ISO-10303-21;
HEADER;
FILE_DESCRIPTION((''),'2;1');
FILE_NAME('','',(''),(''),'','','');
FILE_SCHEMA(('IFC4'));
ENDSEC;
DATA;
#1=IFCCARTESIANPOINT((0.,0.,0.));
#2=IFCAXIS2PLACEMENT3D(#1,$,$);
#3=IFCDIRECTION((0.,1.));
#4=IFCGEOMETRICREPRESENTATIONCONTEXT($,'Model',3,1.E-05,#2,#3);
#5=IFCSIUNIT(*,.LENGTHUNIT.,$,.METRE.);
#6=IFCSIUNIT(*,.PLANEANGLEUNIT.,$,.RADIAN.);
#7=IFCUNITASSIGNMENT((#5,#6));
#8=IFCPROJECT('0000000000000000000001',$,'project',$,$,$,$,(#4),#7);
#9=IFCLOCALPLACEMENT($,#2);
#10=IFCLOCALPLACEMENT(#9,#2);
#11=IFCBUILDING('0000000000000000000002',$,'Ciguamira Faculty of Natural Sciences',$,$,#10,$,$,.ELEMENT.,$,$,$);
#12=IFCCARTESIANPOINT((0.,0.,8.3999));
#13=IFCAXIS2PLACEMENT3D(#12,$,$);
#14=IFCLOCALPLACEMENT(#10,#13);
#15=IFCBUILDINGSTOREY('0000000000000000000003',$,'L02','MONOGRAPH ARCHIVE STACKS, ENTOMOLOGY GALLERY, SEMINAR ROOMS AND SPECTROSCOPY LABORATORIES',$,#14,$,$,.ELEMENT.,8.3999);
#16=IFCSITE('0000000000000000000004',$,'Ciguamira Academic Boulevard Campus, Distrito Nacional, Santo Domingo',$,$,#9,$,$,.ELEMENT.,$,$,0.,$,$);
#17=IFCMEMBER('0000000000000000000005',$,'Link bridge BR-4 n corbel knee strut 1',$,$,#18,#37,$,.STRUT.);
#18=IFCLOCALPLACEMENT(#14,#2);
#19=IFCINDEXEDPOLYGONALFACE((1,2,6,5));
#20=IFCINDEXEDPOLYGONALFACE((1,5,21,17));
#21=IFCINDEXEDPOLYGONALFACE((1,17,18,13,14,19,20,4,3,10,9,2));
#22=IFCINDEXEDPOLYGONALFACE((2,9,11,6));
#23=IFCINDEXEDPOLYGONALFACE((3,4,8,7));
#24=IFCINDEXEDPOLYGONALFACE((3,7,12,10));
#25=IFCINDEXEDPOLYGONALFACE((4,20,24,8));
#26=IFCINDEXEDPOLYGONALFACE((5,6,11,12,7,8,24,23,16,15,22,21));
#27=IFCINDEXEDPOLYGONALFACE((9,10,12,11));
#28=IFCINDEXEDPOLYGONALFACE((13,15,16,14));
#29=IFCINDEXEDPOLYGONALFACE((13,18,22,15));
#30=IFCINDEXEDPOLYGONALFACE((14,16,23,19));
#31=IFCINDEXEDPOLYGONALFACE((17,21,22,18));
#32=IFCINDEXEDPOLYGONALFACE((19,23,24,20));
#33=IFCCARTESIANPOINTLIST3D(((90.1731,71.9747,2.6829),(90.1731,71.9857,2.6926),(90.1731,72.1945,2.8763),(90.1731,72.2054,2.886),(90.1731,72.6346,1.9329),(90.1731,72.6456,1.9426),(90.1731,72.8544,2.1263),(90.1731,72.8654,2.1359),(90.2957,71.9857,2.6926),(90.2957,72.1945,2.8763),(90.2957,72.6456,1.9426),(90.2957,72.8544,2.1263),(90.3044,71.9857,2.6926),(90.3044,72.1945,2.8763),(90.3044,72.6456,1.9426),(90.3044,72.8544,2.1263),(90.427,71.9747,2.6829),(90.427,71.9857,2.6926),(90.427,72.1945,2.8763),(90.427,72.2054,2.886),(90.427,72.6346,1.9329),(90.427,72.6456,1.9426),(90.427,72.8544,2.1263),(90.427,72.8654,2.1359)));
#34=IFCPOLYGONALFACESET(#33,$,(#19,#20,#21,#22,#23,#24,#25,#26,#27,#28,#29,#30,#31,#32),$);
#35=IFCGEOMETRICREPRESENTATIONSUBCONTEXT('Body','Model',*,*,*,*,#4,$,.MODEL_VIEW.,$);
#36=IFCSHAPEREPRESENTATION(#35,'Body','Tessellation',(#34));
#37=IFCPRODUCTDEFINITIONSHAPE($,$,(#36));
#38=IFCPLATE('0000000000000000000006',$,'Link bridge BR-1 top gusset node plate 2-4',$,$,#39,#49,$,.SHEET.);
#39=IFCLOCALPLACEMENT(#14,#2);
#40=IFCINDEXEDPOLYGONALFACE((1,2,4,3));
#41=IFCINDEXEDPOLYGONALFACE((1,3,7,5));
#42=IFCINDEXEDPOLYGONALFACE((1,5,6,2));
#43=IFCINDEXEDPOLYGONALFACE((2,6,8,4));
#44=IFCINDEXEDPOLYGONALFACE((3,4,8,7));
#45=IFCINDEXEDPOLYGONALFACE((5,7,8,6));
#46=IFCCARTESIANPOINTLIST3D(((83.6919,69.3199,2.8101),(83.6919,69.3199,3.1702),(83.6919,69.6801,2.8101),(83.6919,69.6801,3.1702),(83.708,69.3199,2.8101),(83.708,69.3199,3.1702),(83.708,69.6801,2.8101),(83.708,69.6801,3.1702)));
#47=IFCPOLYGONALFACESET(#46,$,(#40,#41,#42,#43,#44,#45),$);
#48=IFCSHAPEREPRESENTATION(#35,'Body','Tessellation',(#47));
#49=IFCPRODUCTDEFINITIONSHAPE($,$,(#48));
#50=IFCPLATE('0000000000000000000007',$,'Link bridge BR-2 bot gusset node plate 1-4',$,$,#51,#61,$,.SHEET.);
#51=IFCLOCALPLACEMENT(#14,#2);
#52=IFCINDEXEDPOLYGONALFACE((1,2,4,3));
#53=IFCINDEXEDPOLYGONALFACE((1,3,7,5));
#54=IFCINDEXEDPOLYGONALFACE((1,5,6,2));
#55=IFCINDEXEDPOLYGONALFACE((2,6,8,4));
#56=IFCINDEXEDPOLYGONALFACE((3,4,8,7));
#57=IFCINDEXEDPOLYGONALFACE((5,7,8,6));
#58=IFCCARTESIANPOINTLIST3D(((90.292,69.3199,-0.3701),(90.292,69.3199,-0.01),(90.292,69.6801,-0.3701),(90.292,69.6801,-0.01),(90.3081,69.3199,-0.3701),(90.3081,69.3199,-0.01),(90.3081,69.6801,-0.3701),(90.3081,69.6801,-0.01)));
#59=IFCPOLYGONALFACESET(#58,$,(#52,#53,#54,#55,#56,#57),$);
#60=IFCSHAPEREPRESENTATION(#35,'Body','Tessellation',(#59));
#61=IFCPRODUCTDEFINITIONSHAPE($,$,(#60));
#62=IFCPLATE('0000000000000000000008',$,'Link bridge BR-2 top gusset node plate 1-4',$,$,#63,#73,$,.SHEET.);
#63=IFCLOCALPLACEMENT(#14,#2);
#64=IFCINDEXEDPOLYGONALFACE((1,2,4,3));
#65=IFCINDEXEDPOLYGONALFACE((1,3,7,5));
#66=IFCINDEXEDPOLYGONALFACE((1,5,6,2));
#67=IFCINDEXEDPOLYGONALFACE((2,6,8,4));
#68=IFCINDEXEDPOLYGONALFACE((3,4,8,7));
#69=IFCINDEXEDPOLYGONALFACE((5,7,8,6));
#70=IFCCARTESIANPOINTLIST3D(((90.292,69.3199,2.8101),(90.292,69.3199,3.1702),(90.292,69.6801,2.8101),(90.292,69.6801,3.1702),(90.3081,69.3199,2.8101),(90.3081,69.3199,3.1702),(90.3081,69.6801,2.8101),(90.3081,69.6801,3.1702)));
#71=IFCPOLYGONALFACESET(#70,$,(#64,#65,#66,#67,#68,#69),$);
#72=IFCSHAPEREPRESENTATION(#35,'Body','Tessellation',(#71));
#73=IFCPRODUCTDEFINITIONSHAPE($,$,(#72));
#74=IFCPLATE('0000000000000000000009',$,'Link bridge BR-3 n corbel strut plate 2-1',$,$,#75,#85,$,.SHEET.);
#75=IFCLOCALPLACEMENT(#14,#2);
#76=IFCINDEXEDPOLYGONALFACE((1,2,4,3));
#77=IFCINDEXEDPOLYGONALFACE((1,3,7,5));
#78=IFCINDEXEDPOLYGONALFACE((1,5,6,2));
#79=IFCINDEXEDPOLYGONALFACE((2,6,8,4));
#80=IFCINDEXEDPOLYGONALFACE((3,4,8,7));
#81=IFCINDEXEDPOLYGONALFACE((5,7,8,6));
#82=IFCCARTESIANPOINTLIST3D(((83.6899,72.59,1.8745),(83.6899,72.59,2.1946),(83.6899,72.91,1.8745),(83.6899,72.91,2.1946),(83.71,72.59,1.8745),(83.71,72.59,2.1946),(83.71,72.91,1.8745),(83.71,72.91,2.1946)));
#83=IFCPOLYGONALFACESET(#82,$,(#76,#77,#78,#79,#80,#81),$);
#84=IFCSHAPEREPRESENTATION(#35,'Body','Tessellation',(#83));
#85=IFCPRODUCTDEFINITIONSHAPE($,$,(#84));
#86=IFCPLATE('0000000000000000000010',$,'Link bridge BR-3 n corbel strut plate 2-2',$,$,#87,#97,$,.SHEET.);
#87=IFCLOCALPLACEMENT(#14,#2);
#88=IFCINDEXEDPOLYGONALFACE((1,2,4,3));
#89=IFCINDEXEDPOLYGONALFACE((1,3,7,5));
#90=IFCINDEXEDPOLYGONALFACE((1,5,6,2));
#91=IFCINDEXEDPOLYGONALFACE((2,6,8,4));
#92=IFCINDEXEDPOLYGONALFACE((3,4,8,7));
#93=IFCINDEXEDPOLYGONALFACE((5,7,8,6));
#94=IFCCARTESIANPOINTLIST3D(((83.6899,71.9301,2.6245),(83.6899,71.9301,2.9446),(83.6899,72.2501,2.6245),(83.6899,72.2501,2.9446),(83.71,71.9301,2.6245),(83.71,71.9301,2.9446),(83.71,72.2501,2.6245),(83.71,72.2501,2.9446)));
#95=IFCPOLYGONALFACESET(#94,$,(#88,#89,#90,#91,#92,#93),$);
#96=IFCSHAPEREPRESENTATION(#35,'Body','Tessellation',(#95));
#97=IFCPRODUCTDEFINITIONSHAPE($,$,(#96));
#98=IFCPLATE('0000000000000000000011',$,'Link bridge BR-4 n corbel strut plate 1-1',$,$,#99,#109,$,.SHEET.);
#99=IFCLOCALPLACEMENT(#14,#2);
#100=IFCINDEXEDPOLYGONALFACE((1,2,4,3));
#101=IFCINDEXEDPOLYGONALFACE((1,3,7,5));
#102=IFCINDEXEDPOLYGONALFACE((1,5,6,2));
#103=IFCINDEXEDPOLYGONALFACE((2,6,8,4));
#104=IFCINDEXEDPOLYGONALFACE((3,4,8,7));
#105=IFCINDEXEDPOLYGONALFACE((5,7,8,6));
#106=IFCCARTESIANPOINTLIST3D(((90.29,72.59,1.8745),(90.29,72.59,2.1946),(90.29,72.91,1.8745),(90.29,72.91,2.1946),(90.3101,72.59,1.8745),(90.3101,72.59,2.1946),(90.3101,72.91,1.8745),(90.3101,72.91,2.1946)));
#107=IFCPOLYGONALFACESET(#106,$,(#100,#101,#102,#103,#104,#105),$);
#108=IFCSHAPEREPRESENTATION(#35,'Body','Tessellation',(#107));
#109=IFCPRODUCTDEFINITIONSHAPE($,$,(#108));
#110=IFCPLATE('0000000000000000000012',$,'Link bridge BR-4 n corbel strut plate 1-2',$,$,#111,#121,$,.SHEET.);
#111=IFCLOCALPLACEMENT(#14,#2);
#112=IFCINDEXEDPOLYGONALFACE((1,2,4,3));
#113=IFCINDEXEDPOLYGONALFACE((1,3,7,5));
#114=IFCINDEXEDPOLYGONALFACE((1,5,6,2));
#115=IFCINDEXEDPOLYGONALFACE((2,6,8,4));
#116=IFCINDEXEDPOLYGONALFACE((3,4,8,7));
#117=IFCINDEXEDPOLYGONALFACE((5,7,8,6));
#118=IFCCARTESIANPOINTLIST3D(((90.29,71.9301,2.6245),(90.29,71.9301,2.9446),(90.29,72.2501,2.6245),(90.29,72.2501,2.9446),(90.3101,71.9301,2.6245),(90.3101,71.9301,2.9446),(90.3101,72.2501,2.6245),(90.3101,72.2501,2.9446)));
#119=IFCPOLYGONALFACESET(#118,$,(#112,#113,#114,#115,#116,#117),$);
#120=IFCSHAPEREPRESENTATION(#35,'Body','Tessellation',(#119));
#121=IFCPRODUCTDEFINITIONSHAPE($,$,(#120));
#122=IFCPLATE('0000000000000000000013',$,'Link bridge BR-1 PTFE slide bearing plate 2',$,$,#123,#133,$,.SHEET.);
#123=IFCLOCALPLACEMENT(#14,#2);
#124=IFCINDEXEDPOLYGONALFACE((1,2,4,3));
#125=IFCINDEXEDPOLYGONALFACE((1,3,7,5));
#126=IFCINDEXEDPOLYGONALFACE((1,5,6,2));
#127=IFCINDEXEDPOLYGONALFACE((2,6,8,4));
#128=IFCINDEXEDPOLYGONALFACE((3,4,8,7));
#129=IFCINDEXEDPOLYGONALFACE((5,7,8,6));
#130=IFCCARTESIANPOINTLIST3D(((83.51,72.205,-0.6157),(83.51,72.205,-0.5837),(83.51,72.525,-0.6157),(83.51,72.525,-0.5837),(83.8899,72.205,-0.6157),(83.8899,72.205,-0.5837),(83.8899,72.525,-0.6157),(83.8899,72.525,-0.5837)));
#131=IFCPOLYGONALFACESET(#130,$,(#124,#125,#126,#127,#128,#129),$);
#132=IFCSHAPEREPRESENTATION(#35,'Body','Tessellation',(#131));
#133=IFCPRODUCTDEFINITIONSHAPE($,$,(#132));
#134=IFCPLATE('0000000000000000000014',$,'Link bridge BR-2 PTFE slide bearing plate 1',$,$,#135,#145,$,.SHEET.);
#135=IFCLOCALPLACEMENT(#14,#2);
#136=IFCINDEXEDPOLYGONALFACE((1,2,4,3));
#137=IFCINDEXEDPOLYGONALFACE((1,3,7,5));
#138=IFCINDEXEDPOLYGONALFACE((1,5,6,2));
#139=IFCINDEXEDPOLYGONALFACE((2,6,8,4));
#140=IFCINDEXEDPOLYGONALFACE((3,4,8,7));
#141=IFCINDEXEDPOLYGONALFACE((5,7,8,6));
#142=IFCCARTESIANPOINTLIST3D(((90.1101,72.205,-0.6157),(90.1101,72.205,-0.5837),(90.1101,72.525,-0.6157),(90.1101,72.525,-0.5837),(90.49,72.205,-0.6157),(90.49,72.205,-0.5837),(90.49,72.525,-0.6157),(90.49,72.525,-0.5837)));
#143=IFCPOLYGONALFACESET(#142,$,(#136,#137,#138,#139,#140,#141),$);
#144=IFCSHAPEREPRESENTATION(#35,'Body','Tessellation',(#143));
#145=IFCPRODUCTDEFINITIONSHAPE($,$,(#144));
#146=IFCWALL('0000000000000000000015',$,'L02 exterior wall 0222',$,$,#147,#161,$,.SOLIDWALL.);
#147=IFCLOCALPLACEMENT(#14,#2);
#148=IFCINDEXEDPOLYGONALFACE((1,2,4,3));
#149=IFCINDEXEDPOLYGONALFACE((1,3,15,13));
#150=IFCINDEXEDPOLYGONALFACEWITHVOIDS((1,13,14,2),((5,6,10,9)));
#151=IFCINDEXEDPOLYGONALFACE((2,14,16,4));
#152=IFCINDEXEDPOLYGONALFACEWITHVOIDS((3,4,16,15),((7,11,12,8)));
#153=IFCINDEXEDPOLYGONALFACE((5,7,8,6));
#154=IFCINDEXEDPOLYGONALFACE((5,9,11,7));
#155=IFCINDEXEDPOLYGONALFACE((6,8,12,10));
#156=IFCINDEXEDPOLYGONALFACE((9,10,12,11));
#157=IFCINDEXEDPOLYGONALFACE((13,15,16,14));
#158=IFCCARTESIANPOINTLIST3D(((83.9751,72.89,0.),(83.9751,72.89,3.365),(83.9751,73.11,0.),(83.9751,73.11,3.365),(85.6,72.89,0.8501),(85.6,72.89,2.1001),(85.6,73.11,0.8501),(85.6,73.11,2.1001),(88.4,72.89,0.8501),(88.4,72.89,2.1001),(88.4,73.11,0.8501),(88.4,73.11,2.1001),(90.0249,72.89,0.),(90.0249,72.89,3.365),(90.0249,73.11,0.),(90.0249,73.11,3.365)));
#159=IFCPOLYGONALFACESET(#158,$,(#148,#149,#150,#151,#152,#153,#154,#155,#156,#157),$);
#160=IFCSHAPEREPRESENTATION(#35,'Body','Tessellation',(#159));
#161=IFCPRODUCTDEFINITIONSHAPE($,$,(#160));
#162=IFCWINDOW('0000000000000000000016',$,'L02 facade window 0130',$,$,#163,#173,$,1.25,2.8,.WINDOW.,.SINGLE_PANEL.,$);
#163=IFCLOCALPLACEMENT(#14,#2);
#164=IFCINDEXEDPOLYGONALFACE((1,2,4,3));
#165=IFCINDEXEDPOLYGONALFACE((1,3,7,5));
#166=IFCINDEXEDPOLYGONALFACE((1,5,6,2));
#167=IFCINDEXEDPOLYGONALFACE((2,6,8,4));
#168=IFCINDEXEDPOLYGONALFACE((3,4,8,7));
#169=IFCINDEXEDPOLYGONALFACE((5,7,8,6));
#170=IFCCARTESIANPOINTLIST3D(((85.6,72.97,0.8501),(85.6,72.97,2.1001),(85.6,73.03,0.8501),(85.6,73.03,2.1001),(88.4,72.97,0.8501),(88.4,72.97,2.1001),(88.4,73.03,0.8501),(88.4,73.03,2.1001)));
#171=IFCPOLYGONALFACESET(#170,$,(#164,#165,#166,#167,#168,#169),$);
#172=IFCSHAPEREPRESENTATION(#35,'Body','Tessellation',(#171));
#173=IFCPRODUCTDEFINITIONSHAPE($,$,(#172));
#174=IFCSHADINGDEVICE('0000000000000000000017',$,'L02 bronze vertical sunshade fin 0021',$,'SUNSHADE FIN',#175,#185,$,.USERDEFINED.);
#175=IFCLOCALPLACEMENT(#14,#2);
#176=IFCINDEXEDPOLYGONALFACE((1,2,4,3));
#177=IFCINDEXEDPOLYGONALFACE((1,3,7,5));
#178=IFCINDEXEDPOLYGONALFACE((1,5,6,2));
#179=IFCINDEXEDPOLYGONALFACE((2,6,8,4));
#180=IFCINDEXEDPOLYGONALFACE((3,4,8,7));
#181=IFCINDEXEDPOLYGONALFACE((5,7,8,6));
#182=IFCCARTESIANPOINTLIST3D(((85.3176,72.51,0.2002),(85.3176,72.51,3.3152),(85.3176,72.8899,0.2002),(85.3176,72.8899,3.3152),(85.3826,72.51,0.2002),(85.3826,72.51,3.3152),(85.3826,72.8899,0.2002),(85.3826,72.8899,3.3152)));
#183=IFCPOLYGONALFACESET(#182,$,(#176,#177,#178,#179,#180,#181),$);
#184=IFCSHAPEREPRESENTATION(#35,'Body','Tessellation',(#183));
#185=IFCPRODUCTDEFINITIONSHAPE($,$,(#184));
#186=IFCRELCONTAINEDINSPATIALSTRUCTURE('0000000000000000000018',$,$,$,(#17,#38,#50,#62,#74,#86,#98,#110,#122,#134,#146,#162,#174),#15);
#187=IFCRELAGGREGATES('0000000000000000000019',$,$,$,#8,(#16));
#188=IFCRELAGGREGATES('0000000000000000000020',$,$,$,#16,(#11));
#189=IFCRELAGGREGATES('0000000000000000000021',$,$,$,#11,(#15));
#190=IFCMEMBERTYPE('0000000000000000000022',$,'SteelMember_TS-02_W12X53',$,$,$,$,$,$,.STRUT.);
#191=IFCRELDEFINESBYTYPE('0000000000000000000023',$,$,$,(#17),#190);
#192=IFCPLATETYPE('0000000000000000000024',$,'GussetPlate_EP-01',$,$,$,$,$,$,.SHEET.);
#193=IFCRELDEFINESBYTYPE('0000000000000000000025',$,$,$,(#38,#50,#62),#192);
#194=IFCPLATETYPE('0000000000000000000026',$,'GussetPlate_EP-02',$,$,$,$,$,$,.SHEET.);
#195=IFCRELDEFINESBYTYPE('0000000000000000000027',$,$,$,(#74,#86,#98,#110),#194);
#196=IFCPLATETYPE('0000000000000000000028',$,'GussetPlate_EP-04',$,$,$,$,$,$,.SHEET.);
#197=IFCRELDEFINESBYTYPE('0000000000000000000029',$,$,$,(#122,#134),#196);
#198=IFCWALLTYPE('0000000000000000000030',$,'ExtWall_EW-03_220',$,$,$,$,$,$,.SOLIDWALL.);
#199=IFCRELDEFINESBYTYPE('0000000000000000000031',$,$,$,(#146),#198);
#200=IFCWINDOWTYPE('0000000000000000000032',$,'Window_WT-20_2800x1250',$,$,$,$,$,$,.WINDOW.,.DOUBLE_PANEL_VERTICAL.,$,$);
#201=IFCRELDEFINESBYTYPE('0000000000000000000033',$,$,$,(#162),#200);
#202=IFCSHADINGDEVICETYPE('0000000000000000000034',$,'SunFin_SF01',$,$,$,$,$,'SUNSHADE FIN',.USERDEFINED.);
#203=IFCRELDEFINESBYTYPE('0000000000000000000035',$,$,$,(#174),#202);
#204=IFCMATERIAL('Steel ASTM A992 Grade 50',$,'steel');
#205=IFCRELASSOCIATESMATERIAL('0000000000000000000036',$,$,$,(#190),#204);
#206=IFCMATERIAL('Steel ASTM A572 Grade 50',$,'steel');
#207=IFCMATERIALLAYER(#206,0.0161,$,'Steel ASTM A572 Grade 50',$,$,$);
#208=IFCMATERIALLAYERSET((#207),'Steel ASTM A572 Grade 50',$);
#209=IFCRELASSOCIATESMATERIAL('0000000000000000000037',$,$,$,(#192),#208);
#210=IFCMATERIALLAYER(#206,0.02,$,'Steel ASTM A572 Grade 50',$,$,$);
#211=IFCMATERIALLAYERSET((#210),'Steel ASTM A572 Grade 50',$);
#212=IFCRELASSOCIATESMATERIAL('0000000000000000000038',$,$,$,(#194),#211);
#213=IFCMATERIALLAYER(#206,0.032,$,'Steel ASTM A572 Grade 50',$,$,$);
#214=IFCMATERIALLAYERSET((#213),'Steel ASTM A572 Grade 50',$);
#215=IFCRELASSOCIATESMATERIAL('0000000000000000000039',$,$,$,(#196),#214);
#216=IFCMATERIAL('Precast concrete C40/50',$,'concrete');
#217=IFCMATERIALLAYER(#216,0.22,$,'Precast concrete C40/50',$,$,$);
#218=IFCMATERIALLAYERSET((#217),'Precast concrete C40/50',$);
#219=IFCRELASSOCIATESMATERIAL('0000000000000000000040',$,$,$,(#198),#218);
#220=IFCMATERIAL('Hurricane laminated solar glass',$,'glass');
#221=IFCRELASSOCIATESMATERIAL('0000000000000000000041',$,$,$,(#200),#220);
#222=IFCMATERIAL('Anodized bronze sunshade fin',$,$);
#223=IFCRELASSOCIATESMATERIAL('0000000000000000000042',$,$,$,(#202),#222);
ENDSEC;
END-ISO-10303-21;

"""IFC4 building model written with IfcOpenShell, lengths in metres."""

from ifc_helpers import new_model, si_unit, direction, frame, frame_2d, origin, origin_2d, place, context, subcontext, project, spatial, rectangle, i_section, extrude, material, layer, layer_set, material_profile, profile_set, type_object, element, fill, save


model = new_model("IFC4")

# Units and contexts
model_context = context("Model", 3, precision=1e-05, world=origin(), true_north=direction((0.0, 1.0)))
body_context = subcontext(model_context, "Body", "Model", "MODEL_VIEW")
ifc_project = project(units=[si_unit("LENGTHUNIT", "METRE"), si_unit("PLANEANGLEUNIT", "RADIAN")], contexts=[model_context])

# Site, building, storey
site_placement = place(None, origin())
site = spatial("IfcSite", under=ifc_project, at=site_placement, Name="Ciguamira Academic Boulevard Campus, Distrito Nacional, Santo Domingo", CompositionType="ELEMENT", RefElevation=0.0)
building_placement = place(site_placement, origin())
building = spatial("IfcBuilding", under=site, at=building_placement, Name="Ciguamira Faculty of Natural Sciences", CompositionType="ELEMENT")
storey_placement = place(building_placement, frame((0.0, 0.0, 8.3999)))
storey = spatial("IfcBuildingStorey", under=building, at=storey_placement, Name="L02", Description="MONOGRAPH ARCHIVE STACKS, ENTOMOLOGY GALLERY, SEMINAR ROOMS AND SPECTROSCOPY LABORATORIES", CompositionType="ELEMENT", Elevation=8.3999)

# Shared definitions
ifc_material_1 = material(Name="Steel ASTM A992 Grade 50", Category="steel")

# Member
ifc_material_profile_1 = material_profile(ifc_material_1, i_section(OverallWidth=0.2539, OverallDepth=0.3074, WebThickness=0.0088, FlangeThickness=0.0146, at=origin_2d()), Name="W12X53")
ifc_profile_set_1 = profile_set([ifc_material_profile_1], Name="Steel ASTM A992 Grade 50")
member_type = type_object("IfcMemberType", Name="SteelMember_TS-02_W12X53", PredefinedType="STRUT", material=ifc_profile_set_1)
for number, where, z_axis, x_axis, name in (
    (1, (90.3, 72.75, 2.0344), (0.0, -0.660578, 0.750757), (1.0, 0.0, 0.0), "Link bridge BR-4 n corbel knee strut 1"),
):
    element("IfcMember", number, at=place(storey_placement, frame(where, z_axis=z_axis, x_axis=x_axis)), inside=storey, type_object=member_type, Name=name, PredefinedType="STRUT", context=body_context, shape_type="SweptSolid", body=[
        extrude(i_section(OverallWidth=0.2539, OverallDepth=0.3074, WebThickness=0.0088, FlangeThickness=0.0146, at=origin_2d()), origin(), (0.0, 0.0, 1.0), 0.999),
    ])

# Plates
ifc_material_2 = material(Name="Steel ASTM A572 Grade 50", Category="steel")
ifc_layer_1 = layer(ifc_material_2, 0.0161, Name="Steel ASTM A572 Grade 50")
ifc_layer_set_1 = layer_set([ifc_layer_1], Name="Steel ASTM A572 Grade 50")
plate_type_1 = type_object("IfcPlateType", Name="GussetPlate_EP-01", PredefinedType="SHEET", material=ifc_layer_set_1)
for number, where, z_axis, x_axis, name in (
    (2, (83.7, 69.5, 2.8101), (0.0, 0.0, 1.0), (1.0, 0.0, 0.0), "Link bridge BR-1 top gusset node plate 2-4"),
    (3, (90.3, 69.5, -0.3701), (0.0, 0.0, 1.0), (1.0, 0.0, 0.0), "Link bridge BR-2 bot gusset node plate 1-4"),
    (4, (90.3, 69.5, 2.8101), (0.0, 0.0, 1.0), (1.0, 0.0, 0.0), "Link bridge BR-2 top gusset node plate 1-4"),
):
    element("IfcPlate", number, at=place(storey_placement, frame(where, z_axis=z_axis, x_axis=x_axis)), inside=storey, type_object=plate_type_1, Name=name, PredefinedType="SHEET", context=body_context, shape_type="SweptSolid", body=[
        extrude(rectangle(XDim=0.0161, YDim=0.3601, at=origin_2d()), origin(), (0.0, 0.0, 1.0), 0.3601),
    ])
ifc_layer_2 = layer(ifc_material_2, 0.02, Name="Steel ASTM A572 Grade 50")
ifc_layer_set_2 = layer_set([ifc_layer_2], Name="Steel ASTM A572 Grade 50")
plate_type_2 = type_object("IfcPlateType", Name="GussetPlate_EP-02", PredefinedType="SHEET", material=ifc_layer_set_2)
for number, where, z_axis, x_axis, name in (
    (5, (83.7, 72.75, 1.8745), (0.0, 0.0, 1.0), (1.0, 0.0, 0.0), "Link bridge BR-3 n corbel strut plate 2-1"),
    (6, (83.7, 72.0901, 2.6245), (0.0, 0.0, 1.0), (1.0, 0.0, 0.0), "Link bridge BR-3 n corbel strut plate 2-2"),
    (7, (90.3, 72.75, 1.8745), (0.0, 0.0, 1.0), (1.0, 0.0, 0.0), "Link bridge BR-4 n corbel strut plate 1-1"),
    (8, (90.3, 72.0901, 2.6245), (0.0, 0.0, 1.0), (1.0, 0.0, 0.0), "Link bridge BR-4 n corbel strut plate 1-2"),
):
    element("IfcPlate", number, at=place(storey_placement, frame(where, z_axis=z_axis, x_axis=x_axis)), inside=storey, type_object=plate_type_2, Name=name, PredefinedType="SHEET", context=body_context, shape_type="SweptSolid", body=[
        extrude(rectangle(XDim=0.02, YDim=0.3201, at=origin_2d()), origin(), (0.0, 0.0, 1.0), 0.3201),
    ])
ifc_layer_3 = layer(ifc_material_2, 0.032, Name="Steel ASTM A572 Grade 50")
ifc_layer_set_3 = layer_set([ifc_layer_3], Name="Steel ASTM A572 Grade 50")
plate_type_3 = type_object("IfcPlateType", Name="GussetPlate_EP-04", PredefinedType="SHEET", material=ifc_layer_set_3)
for number, where, z_axis, x_axis, name in (
    (9, (83.7, 72.365, -0.6157), (0.0, 0.0, 1.0), (1.0, 0.0, 0.0), "Link bridge BR-1 PTFE slide bearing plate 2"),
    (10, (90.3, 72.365, -0.6157), (0.0, 0.0, 1.0), (1.0, 0.0, 0.0), "Link bridge BR-2 PTFE slide bearing plate 1"),
):
    element("IfcPlate", number, at=place(storey_placement, frame(where, z_axis=z_axis, x_axis=x_axis)), inside=storey, type_object=plate_type_3, Name=name, PredefinedType="SHEET", context=body_context, shape_type="SweptSolid", body=[
        extrude(rectangle(XDim=0.3799, YDim=0.3201, at=origin_2d()), origin(), (0.0, 0.0, 1.0), 0.032),
    ])

# Wall, opening, window
ifc_material_3 = material(Name="Precast concrete C40/50", Category="concrete")
ifc_layer_4 = layer(ifc_material_3, 0.22, Name="Precast concrete C40/50")
ifc_layer_set_4 = layer_set([ifc_layer_4], Name="Precast concrete C40/50")
wall_type = type_object("IfcWallType", Name="ExtWall_EW-03_220", PredefinedType="SOLIDWALL", material=ifc_layer_set_4)
wall_placement = place(storey_placement, frame((83.9751, 73.0, 0.0), z_axis=(0.0, 0.0, 1.0), x_axis=(1.0, 0.0, 0.0)))
wall = element("IfcWall", 11, at=wall_placement, inside=storey, type_object=wall_type, Name="L02 exterior wall 0222", PredefinedType="SOLIDWALL", context=body_context, shape_type="SweptSolid", body=[
    extrude(rectangle(XDim=6.0498, YDim=0.22, at=frame_2d((3.0249, 0.0))), origin(), (0.0, 0.0, 1.0), 3.365),
])
opening_placement = place(wall_placement, frame((1.625, 0.0, 0.8501)))
opening = element("IfcOpeningElement", 12, at=opening_placement, cuts=wall, PredefinedType="OPENING", context=body_context, shape_type="SweptSolid", body=[
    extrude(rectangle(XDim=2.8, YDim=1.25, at=frame_2d((1.3999, 0.625))), frame((0.0, 0.1199, 0.0), z_axis=(0.0, -1.0, 0.0), x_axis=(1.0, 0.0, 0.0)), (0.0, 0.0, 1.0), 0.24),
])
ifc_material_4 = material(Name="Hurricane laminated solar glass", Category="glass")
window_type = type_object("IfcWindowType", Name="Window_WT-20_2800x1250", PartitioningType="DOUBLE_PANEL_VERTICAL", PredefinedType="WINDOW", material=ifc_material_4)
window_placement = place(opening_placement, origin())
window = element("IfcWindow", 13, at=window_placement, inside=storey, type_object=window_type, Name="L02 facade window 0130", OverallHeight=1.25, OverallWidth=2.8, PartitioningType="SINGLE_PANEL", PredefinedType="WINDOW", context=body_context, shape_type="SweptSolid", body=[
    extrude(rectangle(XDim=2.8, YDim=1.25, at=frame_2d((1.3999, 0.625))), frame((0.0, 0.03, 0.0), z_axis=(0.0, -1.0, 0.0), x_axis=(1.0, 0.0, 0.0)), (0.0, 0.0, 1.0), 0.0601),
])
fill(opening, window)

# Shading device
ifc_material_5 = material(Name="Anodized bronze sunshade fin")
ifc_material_profile_2 = material_profile(ifc_material_5, rectangle(XDim=0.0649, YDim=0.3799, at=origin_2d()), Name="BRZ-FIN-65X380")
ifc_profile_set_2 = profile_set([ifc_material_profile_2], Name="Anodized bronze sunshade fin")
shading_device_type = type_object("IfcShadingDeviceType", Name="SunFin_SF01", ElementType="SUNSHADE FIN", PredefinedType="USERDEFINED", material=ifc_profile_set_2)
shading_device_placement = place(storey_placement, frame((85.3501, 72.7, 0.2002), z_axis=(0.0, 0.0, 1.0), x_axis=(1.0, 0.0, 0.0)))
element("IfcShadingDevice", 14, at=shading_device_placement, inside=storey, type_object=shading_device_type, Name="L02 bronze vertical sunshade fin 0021", ObjectType="SUNSHADE FIN", PredefinedType="USERDEFINED", context=body_context, shape_type="SweptSolid", body=[
    extrude(rectangle(XDim=0.0649, YDim=0.3799, at=origin_2d()), origin(), (0.0, 0.0, 1.0), 3.115),
])

save(model, "model.ifc")
